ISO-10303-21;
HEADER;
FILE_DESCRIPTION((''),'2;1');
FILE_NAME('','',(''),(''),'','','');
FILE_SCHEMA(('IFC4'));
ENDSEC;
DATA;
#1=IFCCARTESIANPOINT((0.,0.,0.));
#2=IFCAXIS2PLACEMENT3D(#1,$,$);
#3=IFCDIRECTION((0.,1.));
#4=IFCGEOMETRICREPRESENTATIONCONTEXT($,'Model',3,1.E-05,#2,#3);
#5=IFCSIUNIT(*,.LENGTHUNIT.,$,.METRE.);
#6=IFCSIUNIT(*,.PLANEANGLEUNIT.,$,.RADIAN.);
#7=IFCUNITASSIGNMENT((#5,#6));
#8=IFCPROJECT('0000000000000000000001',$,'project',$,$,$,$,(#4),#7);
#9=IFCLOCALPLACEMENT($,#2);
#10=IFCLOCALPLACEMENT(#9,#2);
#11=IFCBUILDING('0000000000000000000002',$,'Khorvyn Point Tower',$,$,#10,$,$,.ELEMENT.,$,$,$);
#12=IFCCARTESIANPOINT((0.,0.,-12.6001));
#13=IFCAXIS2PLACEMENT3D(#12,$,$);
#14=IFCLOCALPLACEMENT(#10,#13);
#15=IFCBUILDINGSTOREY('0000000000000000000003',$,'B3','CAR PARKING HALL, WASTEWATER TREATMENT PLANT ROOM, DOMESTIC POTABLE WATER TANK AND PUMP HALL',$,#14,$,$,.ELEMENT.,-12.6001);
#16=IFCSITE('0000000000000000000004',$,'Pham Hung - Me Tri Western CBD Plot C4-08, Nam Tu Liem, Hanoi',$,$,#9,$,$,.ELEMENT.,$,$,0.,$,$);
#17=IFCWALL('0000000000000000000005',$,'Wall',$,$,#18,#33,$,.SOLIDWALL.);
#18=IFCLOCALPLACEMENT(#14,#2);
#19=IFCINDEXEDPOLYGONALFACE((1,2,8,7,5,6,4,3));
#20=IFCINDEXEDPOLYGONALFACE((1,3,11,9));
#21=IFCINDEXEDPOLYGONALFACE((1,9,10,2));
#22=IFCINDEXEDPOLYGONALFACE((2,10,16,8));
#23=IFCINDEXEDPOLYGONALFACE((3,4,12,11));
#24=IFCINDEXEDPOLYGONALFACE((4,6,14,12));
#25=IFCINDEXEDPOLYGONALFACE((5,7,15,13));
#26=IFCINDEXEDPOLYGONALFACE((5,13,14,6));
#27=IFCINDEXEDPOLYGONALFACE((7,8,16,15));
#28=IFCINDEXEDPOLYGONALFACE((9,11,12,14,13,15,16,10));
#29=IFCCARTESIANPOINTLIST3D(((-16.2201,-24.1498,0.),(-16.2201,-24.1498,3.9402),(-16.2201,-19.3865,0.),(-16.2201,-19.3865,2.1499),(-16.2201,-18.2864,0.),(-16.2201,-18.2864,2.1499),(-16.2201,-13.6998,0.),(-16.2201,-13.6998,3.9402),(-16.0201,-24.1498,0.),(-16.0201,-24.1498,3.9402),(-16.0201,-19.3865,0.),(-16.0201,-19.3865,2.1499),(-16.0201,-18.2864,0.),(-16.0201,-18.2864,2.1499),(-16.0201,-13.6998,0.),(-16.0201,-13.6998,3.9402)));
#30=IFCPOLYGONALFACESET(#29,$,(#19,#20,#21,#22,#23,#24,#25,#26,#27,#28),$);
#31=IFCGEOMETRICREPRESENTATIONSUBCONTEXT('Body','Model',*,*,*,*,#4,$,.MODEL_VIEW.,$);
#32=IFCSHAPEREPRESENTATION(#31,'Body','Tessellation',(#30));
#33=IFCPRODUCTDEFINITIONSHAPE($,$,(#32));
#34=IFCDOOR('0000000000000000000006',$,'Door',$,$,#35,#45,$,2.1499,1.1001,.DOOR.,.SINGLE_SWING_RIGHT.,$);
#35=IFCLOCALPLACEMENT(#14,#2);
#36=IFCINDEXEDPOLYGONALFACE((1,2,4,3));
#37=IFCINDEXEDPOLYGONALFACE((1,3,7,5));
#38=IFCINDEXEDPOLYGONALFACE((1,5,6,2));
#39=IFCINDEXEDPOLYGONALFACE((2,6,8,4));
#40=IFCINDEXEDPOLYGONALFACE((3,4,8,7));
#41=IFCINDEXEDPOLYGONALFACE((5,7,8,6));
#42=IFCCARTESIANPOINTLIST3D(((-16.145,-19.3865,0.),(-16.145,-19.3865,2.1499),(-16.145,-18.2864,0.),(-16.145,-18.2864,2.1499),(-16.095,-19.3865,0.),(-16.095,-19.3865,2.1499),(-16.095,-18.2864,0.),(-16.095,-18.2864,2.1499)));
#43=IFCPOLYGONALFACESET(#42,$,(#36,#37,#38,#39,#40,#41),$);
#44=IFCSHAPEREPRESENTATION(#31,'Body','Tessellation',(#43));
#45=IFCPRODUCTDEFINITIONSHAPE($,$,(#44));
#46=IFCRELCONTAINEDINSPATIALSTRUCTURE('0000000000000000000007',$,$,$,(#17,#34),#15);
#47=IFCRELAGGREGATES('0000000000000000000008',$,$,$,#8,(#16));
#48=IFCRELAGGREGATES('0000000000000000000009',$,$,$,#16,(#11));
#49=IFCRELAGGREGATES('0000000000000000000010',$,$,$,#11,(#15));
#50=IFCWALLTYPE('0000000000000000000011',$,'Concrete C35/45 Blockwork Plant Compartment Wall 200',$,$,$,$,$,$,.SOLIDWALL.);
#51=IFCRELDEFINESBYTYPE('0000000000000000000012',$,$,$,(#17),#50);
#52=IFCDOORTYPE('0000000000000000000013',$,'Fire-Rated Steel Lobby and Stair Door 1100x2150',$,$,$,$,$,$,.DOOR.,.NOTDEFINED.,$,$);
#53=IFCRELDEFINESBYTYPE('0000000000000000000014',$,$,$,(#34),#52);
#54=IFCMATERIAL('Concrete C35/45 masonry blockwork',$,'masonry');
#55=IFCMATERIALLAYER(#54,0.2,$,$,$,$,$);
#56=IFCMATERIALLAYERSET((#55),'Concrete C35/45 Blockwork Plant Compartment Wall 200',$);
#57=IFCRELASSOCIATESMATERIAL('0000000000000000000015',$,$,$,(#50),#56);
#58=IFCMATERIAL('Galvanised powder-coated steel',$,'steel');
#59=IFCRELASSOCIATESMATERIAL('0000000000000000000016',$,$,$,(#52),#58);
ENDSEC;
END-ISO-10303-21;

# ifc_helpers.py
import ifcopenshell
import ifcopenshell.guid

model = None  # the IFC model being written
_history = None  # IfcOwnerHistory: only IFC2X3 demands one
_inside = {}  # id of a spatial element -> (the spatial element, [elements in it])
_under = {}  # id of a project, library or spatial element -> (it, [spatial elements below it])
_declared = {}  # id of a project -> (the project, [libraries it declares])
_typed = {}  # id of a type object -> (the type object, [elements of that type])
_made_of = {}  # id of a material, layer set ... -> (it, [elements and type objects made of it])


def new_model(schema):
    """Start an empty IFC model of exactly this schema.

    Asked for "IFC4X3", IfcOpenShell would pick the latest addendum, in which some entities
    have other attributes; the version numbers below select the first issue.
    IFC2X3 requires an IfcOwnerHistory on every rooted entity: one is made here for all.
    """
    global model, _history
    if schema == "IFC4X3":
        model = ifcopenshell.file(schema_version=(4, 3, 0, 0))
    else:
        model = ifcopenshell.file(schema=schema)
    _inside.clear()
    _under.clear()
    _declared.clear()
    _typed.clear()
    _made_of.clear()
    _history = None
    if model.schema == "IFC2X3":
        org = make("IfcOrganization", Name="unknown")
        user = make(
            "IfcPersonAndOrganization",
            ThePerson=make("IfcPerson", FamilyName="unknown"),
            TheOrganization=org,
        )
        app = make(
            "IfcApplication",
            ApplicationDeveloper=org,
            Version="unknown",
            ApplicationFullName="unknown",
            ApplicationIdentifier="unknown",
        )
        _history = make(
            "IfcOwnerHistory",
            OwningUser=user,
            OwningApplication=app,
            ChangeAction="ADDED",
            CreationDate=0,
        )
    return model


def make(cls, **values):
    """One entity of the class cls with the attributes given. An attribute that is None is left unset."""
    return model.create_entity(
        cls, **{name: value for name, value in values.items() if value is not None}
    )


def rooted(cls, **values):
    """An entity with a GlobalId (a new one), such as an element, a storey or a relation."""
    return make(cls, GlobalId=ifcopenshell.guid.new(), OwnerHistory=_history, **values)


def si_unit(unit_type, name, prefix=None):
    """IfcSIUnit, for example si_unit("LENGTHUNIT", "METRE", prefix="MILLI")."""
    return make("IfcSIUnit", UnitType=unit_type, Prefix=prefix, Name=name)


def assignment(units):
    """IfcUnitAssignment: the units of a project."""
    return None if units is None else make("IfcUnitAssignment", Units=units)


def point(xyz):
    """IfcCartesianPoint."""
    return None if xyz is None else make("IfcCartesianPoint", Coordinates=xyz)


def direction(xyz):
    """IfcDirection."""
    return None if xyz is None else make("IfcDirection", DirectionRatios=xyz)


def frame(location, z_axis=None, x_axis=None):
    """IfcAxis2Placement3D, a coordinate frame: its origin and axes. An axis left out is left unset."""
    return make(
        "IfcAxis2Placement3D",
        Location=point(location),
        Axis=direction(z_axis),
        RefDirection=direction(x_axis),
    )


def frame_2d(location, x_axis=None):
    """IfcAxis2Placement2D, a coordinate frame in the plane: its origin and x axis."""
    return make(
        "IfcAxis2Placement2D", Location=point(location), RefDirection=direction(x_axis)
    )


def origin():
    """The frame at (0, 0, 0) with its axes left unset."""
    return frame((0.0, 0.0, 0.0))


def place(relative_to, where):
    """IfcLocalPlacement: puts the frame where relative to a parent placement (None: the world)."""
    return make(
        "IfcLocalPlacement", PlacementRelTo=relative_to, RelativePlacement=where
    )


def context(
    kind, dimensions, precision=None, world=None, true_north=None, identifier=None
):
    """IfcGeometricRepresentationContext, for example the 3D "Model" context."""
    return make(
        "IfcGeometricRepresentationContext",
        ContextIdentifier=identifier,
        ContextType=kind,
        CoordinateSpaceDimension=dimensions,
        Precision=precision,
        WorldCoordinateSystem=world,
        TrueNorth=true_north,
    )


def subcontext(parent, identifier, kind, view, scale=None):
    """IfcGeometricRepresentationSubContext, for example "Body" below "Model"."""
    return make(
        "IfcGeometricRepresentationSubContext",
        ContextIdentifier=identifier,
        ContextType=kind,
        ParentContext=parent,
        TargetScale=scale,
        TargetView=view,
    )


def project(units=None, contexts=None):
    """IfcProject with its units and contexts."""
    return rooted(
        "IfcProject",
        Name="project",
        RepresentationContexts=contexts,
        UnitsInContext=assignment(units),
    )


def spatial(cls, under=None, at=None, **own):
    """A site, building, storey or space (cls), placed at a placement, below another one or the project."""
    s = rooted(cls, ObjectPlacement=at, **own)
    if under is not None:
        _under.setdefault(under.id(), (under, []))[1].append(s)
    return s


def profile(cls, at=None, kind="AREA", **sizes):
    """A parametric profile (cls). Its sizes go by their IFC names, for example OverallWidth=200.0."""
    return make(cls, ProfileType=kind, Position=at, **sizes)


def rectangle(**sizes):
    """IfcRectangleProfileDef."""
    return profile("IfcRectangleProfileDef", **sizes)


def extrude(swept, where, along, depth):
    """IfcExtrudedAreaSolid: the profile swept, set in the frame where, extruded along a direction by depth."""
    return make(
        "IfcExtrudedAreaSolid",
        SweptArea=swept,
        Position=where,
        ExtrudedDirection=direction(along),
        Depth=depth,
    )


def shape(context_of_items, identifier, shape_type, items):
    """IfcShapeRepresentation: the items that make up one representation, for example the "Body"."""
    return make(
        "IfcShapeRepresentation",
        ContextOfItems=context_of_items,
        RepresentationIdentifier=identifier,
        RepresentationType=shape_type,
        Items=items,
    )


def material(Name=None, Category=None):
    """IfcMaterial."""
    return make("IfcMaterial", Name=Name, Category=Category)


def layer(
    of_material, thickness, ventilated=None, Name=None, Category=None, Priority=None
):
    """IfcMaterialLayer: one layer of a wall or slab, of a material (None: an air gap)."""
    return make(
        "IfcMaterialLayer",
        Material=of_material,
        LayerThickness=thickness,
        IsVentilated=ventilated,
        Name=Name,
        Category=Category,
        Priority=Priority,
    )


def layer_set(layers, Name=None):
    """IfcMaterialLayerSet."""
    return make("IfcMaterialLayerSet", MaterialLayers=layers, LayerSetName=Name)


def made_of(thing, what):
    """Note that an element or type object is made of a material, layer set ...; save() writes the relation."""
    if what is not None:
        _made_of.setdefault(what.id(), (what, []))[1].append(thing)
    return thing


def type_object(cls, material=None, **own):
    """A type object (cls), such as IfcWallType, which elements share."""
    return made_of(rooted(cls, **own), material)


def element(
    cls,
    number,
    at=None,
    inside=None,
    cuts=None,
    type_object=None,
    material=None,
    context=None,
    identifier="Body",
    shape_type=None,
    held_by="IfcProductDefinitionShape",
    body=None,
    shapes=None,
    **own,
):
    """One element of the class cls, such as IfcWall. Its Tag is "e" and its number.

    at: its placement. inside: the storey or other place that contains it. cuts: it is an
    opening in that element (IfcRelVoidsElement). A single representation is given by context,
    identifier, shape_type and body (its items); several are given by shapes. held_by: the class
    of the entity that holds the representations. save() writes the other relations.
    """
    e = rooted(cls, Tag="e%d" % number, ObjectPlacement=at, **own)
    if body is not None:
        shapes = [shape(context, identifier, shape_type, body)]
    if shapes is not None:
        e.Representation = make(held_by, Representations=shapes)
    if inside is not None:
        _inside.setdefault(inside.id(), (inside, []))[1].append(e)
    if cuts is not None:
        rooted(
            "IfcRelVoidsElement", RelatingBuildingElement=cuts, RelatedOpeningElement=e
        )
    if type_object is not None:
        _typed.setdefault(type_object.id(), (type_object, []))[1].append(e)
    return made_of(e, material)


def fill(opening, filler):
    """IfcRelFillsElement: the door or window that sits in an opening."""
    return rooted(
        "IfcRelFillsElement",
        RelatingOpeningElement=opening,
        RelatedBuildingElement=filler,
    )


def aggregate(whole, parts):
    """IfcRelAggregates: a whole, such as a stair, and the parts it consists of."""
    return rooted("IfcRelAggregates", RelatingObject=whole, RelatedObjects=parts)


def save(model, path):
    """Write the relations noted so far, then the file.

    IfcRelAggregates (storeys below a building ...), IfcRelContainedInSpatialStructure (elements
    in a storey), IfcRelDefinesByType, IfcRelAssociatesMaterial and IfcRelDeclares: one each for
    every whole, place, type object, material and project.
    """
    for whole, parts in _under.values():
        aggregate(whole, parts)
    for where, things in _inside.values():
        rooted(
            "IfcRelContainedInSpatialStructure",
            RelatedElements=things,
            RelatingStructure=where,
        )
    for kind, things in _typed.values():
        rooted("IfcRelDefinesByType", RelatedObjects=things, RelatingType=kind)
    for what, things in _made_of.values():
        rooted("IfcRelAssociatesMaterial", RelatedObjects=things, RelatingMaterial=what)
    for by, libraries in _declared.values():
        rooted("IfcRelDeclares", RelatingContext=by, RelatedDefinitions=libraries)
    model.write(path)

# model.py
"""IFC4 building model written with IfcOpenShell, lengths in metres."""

from ifc_helpers import new_model, si_unit, direction, frame, frame_2d, origin, place, context, subcontext, project, spatial, rectangle, extrude, material, layer, layer_set, type_object, element, fill, save


model = new_model("IFC4")

# Units and contexts
model_context = context("Model", 3, precision=1e-05, world=origin(), true_north=direction((0.0, 1.0)))
body_context = subcontext(model_context, "Body", "Model", "MODEL_VIEW")
ifc_project = project(units=[si_unit("LENGTHUNIT", "METRE"), si_unit("PLANEANGLEUNIT", "RADIAN")], contexts=[model_context])

# Site, building, storey
site_placement = place(None, origin())
site = spatial("IfcSite", under=ifc_project, at=site_placement, Name="Pham Hung - Me Tri Western CBD Plot C4-08, Nam Tu Liem, Hanoi", CompositionType="ELEMENT", RefElevation=0.0)
building_placement = place(site_placement, origin())
building = spatial("IfcBuilding", under=site, at=building_placement, Name="Khorvyn Point Tower", CompositionType="ELEMENT")
storey_placement = place(building_placement, frame((0.0, 0.0, -12.6001)))
storey = spatial("IfcBuildingStorey", under=building, at=storey_placement, Name="B3", Description="CAR PARKING HALL, WASTEWATER TREATMENT PLANT ROOM, DOMESTIC POTABLE WATER TANK AND PUMP HALL", CompositionType="ELEMENT", Elevation=-12.6001)

# Wall, opening, door
ifc_material_1 = material(Name="Concrete C35/45 masonry blockwork", Category="masonry")
ifc_layer_1 = layer(ifc_material_1, 0.2)
ifc_layer_set_1 = layer_set([ifc_layer_1], Name="Concrete C35/45 Blockwork Plant Compartment Wall 200")
wall_type_1 = type_object("IfcWallType", Name="Concrete C35/45 Blockwork Plant Compartment Wall 200", PredefinedType="SOLIDWALL", material=ifc_layer_set_1)
wall_1_placement = place(storey_placement, frame((-16.1201, -24.1499, 0.0), z_axis=(0.0, 0.0, 1.0), x_axis=(0.0, 1.0, 0.0)))
wall_1 = element("IfcWall", 1, at=wall_1_placement, inside=storey, type_object=wall_type_1, Name="Wall", PredefinedType="SOLIDWALL", context=body_context, shape_type="SweptSolid", body=[
    extrude(rectangle(XDim=10.45, YDim=0.2, at=frame_2d((5.2251, 0.0))), origin(), (0.0, 0.0, 1.0), 3.9402),
])
opening_placement = place(wall_1_placement, frame((4.7634, 0.0, 0.0)))
opening = element("IfcOpeningElement", 2, at=opening_placement, cuts=wall_1, PredefinedType="OPENING", context=body_context, shape_type="SweptSolid", body=[
    extrude(rectangle(XDim=1.1001, YDim=2.1499, at=frame_2d((0.55, 1.075))), frame((0.0, 0.1099, 0.0), z_axis=(0.0, -1.0, 0.0), x_axis=(1.0, 0.0, 0.0)), (0.0, 0.0, 1.0), 0.22),
])
ifc_material_2 = material(Name="Galvanised powder-coated steel", Category="steel")
door_type = type_object("IfcDoorType", Name="Fire-Rated Steel Lobby and Stair Door 1100x2150", OperationType="NOTDEFINED", PredefinedType="DOOR", material=ifc_material_2)
door_placement = place(opening_placement, origin())
door = element("IfcDoor", 3, at=door_placement, inside=storey, type_object=door_type, Name="Door", OperationType="SINGLE_SWING_RIGHT", OverallHeight=2.1499, OverallWidth=1.1001, PredefinedType="DOOR", context=body_context, shape_type="SweptSolid", body=[
    extrude(rectangle(XDim=1.1001, YDim=2.1499, at=frame_2d((0.55, 1.075))), frame((0.0, 0.0249, 0.0), z_axis=(0.0, -1.0, 0.0), x_axis=(1.0, 0.0, 0.0)), (0.0, 0.0, 1.0), 0.05),
])
fill(opening, door)

save(model, "model.ifc")
